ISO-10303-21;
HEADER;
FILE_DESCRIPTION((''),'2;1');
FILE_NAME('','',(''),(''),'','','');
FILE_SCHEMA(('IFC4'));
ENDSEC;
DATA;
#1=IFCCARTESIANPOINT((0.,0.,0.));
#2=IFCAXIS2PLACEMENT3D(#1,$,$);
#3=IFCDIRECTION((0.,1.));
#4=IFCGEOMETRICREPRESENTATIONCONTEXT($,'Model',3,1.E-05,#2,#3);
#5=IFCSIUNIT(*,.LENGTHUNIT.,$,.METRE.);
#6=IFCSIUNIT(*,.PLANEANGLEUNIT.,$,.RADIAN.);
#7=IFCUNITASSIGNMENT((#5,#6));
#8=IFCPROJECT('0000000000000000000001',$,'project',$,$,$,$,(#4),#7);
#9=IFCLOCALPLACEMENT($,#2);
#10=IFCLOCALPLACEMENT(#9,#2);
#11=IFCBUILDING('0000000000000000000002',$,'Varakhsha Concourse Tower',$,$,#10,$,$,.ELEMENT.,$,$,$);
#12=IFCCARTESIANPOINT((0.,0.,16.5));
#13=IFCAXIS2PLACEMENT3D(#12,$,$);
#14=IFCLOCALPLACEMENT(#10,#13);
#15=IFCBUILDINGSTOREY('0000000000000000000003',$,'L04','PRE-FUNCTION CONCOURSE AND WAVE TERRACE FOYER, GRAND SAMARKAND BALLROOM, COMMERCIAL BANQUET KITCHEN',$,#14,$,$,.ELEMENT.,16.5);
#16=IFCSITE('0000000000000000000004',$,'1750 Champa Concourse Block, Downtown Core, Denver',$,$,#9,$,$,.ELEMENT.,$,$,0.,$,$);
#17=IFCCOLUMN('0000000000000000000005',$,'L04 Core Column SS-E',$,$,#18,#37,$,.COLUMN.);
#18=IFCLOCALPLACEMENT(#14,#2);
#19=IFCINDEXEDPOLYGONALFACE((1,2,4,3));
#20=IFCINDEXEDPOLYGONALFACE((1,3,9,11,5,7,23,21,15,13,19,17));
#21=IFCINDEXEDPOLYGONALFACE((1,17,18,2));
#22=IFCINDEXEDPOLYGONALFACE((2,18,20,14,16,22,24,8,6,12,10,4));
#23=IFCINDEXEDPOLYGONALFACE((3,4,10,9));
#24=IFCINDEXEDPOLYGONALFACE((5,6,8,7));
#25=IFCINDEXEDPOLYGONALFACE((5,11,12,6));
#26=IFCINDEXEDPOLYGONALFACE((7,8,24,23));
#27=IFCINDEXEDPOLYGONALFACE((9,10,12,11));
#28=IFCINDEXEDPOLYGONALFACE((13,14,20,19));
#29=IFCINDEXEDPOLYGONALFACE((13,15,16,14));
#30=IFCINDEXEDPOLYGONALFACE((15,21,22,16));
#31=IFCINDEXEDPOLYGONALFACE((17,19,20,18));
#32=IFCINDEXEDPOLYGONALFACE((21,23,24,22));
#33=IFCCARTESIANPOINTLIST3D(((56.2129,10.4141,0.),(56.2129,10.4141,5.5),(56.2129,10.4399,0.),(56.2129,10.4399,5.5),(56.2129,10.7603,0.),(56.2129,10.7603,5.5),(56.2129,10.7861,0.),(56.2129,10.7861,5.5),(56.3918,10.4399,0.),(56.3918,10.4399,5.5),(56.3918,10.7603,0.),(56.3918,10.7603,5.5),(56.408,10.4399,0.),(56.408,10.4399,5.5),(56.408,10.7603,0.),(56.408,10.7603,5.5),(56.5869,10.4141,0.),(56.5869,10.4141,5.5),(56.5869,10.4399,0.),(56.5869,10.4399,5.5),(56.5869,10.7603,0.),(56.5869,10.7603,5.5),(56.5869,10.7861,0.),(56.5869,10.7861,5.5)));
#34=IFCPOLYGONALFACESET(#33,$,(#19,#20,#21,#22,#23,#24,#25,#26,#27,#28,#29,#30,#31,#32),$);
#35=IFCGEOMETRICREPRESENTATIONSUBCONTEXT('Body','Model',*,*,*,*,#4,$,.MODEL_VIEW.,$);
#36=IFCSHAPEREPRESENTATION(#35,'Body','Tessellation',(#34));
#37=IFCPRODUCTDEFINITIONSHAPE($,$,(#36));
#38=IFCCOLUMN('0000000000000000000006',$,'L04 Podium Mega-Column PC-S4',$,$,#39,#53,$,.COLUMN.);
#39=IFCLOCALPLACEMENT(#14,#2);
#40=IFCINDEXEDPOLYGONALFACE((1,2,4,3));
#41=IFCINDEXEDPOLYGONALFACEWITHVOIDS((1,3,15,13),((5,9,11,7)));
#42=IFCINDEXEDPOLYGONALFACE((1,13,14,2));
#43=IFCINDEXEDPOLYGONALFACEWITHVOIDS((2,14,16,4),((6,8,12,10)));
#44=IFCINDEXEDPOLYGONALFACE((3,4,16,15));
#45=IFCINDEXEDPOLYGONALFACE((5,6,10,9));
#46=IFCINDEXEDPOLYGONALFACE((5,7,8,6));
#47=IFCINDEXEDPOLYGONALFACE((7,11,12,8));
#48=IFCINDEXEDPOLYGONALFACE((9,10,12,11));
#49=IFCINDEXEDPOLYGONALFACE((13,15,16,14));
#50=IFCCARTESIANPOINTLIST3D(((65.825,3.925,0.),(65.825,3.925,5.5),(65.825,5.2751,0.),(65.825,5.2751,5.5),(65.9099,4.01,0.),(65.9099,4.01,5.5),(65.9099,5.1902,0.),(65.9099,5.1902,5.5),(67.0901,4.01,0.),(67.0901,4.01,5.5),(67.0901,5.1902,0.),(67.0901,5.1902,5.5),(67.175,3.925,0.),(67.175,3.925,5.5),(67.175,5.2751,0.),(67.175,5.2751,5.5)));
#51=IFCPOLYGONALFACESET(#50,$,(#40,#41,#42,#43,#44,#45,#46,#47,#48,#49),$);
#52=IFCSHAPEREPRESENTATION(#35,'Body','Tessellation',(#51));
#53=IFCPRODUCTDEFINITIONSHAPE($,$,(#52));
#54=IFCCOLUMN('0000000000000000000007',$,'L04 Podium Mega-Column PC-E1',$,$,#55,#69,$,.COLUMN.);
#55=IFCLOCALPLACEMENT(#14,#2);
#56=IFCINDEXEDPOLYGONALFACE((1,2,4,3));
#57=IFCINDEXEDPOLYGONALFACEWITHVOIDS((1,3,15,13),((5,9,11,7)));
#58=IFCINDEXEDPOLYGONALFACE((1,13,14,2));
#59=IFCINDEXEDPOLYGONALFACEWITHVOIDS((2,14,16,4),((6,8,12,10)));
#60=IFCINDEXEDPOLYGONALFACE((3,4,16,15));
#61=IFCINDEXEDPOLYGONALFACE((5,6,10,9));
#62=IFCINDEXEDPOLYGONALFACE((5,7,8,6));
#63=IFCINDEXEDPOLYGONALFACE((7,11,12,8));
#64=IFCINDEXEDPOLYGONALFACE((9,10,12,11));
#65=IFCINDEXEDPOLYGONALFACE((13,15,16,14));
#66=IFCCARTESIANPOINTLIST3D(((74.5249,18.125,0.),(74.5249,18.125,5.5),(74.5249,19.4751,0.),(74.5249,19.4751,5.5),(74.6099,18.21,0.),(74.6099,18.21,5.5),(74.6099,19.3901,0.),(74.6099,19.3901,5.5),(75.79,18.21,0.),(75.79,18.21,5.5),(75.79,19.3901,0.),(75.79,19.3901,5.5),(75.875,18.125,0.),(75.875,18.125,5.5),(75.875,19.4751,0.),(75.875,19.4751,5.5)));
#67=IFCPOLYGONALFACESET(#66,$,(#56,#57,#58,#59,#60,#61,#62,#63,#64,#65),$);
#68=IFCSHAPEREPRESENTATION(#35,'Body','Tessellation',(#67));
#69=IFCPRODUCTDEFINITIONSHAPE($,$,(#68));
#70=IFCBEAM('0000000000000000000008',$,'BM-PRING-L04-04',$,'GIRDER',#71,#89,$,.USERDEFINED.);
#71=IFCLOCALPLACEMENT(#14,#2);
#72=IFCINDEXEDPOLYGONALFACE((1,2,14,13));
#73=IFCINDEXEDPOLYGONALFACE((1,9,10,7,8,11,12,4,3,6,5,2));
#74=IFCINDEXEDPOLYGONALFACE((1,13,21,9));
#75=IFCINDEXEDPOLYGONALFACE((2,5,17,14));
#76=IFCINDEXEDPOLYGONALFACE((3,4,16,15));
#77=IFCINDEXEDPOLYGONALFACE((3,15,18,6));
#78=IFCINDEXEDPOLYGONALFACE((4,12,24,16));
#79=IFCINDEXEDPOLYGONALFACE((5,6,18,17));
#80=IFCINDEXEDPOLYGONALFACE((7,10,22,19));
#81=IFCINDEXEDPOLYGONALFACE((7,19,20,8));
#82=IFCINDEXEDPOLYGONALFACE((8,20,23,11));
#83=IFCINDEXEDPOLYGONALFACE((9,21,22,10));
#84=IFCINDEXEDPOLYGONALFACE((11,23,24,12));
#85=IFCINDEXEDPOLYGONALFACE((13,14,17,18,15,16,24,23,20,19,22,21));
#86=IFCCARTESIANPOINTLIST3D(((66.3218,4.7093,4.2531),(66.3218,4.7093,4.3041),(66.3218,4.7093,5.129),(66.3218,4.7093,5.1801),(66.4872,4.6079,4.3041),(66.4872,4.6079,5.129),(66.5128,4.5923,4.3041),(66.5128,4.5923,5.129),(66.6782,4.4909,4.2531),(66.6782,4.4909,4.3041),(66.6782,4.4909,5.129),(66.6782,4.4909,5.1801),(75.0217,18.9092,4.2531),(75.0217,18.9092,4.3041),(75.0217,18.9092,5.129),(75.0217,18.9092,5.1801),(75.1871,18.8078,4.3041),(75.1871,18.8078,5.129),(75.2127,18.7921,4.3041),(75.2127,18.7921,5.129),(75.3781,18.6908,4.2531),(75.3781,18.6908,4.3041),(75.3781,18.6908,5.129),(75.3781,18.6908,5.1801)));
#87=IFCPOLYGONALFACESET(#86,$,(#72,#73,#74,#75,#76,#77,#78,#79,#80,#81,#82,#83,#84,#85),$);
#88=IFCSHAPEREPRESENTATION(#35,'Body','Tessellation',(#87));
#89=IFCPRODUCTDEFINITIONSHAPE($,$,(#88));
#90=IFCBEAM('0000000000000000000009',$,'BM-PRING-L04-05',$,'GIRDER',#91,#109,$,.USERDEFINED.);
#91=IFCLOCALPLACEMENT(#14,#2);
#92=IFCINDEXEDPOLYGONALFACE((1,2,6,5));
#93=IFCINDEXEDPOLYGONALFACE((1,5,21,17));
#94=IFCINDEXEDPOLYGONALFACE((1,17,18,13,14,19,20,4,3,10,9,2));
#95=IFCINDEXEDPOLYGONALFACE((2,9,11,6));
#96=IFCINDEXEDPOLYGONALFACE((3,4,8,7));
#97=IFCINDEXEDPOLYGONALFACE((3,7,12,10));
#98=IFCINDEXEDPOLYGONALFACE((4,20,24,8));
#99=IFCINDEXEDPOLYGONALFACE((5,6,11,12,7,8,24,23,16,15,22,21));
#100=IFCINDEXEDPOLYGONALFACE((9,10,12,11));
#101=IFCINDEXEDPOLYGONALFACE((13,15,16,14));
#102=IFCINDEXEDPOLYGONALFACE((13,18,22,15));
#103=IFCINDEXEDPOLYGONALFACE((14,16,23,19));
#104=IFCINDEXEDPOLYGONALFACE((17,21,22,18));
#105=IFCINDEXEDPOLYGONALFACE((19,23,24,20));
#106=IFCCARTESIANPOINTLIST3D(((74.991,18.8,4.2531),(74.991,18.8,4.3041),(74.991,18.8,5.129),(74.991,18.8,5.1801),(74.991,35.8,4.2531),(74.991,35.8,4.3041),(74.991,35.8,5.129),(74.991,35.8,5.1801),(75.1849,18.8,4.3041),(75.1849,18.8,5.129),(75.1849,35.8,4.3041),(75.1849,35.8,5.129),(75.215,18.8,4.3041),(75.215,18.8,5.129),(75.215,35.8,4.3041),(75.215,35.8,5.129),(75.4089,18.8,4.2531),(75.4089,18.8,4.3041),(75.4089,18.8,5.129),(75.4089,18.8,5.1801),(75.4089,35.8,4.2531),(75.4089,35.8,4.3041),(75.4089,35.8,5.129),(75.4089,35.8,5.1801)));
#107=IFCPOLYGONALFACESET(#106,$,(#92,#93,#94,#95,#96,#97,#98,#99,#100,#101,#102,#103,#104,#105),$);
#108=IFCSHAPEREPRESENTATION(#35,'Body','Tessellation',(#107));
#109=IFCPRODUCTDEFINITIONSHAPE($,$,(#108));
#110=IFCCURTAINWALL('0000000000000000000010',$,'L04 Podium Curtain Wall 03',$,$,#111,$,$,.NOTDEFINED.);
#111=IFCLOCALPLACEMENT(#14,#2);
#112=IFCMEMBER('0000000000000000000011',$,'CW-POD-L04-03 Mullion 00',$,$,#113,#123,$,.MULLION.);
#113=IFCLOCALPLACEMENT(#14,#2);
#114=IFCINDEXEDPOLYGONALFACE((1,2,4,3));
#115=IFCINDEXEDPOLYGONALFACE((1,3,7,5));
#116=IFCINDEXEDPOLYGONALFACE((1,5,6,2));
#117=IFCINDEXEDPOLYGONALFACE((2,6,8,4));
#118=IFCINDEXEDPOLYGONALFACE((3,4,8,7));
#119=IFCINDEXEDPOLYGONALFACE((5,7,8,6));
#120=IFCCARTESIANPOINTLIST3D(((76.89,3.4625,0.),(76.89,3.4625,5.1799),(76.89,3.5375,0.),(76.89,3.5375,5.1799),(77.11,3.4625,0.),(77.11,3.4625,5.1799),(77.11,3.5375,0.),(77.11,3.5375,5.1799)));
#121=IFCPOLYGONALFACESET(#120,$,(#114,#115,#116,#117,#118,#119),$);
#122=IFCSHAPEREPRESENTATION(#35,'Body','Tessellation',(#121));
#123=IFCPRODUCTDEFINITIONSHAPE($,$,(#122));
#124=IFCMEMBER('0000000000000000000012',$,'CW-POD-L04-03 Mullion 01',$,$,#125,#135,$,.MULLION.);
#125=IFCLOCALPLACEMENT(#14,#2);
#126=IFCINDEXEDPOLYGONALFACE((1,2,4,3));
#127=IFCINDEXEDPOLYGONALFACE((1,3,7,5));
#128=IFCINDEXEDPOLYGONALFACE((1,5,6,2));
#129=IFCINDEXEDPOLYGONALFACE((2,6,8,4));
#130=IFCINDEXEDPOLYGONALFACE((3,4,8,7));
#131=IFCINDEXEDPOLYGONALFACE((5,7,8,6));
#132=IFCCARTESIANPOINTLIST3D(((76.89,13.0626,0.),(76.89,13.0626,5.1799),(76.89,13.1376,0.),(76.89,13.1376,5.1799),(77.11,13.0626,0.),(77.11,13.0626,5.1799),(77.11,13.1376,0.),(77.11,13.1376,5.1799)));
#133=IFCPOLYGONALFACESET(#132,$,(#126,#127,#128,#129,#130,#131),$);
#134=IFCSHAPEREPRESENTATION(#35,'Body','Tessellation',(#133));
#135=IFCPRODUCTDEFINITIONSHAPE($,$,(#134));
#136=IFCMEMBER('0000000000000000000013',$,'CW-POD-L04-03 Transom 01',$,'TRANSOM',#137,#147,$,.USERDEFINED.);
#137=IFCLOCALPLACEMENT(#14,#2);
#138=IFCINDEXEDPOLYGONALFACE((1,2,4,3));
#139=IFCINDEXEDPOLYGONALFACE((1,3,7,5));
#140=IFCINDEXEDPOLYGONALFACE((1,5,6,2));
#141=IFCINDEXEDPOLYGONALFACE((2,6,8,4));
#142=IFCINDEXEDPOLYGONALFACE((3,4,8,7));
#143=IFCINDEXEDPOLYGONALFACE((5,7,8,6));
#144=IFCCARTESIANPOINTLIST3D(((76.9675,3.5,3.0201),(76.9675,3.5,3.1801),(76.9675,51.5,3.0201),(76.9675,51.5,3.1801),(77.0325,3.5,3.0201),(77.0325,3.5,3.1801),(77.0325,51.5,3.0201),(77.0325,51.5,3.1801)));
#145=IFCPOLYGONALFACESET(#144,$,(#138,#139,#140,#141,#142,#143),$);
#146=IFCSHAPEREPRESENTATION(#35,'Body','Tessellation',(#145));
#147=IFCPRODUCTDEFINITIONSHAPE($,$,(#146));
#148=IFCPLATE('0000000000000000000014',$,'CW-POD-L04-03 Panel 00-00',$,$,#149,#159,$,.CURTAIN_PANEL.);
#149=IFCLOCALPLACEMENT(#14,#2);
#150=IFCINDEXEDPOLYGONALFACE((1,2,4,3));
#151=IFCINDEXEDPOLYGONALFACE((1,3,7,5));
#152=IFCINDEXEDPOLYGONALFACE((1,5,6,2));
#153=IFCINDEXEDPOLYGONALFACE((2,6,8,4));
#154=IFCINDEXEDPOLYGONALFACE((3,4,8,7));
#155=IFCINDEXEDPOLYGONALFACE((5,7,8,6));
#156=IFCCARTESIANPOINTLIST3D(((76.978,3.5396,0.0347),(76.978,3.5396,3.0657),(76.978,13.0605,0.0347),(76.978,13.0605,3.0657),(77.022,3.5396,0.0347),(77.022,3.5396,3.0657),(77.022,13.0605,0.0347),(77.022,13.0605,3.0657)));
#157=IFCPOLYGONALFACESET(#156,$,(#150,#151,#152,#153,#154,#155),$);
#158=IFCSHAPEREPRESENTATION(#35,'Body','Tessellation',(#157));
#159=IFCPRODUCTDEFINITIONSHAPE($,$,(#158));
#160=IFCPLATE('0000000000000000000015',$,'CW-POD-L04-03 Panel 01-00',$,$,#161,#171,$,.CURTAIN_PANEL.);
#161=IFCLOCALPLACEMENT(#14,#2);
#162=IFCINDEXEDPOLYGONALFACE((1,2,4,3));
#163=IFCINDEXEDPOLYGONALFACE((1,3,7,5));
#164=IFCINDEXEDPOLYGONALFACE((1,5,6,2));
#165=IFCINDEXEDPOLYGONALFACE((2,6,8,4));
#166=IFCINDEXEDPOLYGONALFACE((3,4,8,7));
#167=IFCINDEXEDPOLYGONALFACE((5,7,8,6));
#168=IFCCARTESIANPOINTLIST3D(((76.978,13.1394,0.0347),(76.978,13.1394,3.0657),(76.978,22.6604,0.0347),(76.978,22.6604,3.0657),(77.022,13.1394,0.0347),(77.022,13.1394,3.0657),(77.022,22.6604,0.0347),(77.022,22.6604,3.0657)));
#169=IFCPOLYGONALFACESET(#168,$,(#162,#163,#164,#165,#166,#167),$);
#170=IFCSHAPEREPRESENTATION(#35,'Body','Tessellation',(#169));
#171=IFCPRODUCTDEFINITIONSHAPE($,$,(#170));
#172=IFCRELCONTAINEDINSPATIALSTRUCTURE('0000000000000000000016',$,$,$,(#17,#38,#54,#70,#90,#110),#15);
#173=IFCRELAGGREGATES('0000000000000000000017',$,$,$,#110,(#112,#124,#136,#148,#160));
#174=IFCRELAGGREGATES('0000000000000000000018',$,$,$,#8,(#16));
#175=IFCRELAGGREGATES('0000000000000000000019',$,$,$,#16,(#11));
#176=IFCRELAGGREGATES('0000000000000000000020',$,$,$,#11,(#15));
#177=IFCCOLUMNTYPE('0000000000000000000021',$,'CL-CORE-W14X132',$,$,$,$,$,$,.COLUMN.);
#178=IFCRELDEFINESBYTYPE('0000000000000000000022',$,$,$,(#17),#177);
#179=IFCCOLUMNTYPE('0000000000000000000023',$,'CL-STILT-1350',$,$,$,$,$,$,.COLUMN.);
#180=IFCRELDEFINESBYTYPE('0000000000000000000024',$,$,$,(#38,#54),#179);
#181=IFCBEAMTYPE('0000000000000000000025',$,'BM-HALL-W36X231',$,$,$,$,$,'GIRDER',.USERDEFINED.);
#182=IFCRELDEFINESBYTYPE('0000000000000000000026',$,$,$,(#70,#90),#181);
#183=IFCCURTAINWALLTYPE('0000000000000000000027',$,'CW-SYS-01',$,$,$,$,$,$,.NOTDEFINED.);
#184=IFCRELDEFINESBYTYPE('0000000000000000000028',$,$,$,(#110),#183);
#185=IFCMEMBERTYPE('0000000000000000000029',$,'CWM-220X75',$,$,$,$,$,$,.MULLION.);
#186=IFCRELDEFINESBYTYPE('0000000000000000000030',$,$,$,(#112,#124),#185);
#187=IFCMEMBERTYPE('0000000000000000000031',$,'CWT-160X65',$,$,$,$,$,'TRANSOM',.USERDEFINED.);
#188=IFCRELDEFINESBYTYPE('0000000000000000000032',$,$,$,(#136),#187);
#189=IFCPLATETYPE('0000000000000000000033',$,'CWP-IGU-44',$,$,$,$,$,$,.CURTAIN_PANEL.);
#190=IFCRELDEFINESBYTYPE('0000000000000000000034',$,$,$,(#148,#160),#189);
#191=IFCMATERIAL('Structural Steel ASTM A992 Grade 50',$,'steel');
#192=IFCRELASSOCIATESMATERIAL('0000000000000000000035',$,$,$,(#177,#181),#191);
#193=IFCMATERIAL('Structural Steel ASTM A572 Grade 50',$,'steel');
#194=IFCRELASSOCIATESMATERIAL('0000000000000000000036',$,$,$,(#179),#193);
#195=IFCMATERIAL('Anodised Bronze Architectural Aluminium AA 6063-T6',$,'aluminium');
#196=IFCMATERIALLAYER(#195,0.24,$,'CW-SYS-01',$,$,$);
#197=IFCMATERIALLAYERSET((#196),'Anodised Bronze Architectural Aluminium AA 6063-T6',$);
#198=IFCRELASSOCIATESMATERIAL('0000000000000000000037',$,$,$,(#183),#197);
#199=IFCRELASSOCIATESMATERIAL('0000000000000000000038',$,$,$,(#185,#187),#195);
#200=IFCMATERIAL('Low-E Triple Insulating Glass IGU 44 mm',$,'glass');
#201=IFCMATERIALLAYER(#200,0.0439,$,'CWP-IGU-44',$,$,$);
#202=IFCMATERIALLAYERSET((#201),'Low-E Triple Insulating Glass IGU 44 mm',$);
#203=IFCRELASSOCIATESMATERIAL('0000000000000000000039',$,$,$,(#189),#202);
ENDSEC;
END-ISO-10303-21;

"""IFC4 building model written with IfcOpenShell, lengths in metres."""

from ifc_helpers import new_model, si_unit, direction, frame, origin, origin_2d, place, context, subcontext, project, spatial, rectangle, hollow_rectangle, i_section, extrude, source, transform, mapped, material, layer, layer_set, material_profile, profile_set, type_object, type_shapes, element, aggregate, save


model = new_model("IFC4")

# Units and contexts
model_context = context("Model", 3, precision=1e-05, world=origin(), true_north=direction((0.0, 1.0)))
body_context = subcontext(model_context, "Body", "Model", "MODEL_VIEW")
ifc_project = project(units=[si_unit("LENGTHUNIT", "METRE"), si_unit("PLANEANGLEUNIT", "RADIAN")], contexts=[model_context])

# Site, building, storey
site_placement = place(None, origin())
site = spatial("IfcSite", under=ifc_project, at=site_placement, Name="1750 Champa Concourse Block, Downtown Core, Denver", CompositionType="ELEMENT", RefElevation=0.0)
building_placement = place(site_placement, origin())
building = spatial("IfcBuilding", under=site, at=building_placement, Name="Varakhsha Concourse Tower", CompositionType="ELEMENT")
storey_placement = place(building_placement, frame((0.0, 0.0, 16.5)))
storey = spatial("IfcBuildingStorey", under=building, at=storey_placement, Name="L04", Description="PRE-FUNCTION CONCOURSE AND WAVE TERRACE FOYER, GRAND SAMARKAND BALLROOM, COMMERCIAL BANQUET KITCHEN", CompositionType="ELEMENT", Elevation=16.5)

# Columns
ifc_material_1 = material(Name="Structural Steel ASTM A992 Grade 50", Category="steel")
ifc_material_profile_1 = material_profile(ifc_material_1, i_section(OverallWidth=0.374, OverallDepth=0.3721, WebThickness=0.0161, FlangeThickness=0.0259, at=origin_2d()), Name="W14X132")
ifc_profile_set_1 = profile_set([ifc_material_profile_1], Name="Structural Steel ASTM A992 Grade 50")
column_type_1 = type_object("IfcColumnType", Name="CL-CORE-W14X132", PredefinedType="COLUMN", material=ifc_profile_set_1)
column_placement = place(storey_placement, frame((56.3999, 10.6001, 0.0), z_axis=(0.0, 0.0, 1.0), x_axis=(1.0, 0.0, 0.0)))
element("IfcColumn", 1, at=column_placement, inside=storey, type_object=column_type_1, Name="L04 Core Column SS-E", PredefinedType="COLUMN", context=body_context, shape_type="SweptSolid", body=[
    extrude(i_section(OverallWidth=0.374, OverallDepth=0.3721, WebThickness=0.0161, FlangeThickness=0.0259, at=origin_2d()), origin(), (0.0, 0.0, 1.0), 5.5),
])
ifc_material_2 = material(Name="Structural Steel ASTM A572 Grade 50", Category="steel")
ifc_material_profile_2 = material_profile(ifc_material_2, hollow_rectangle(XDim=1.3501, YDim=1.3501, WallThickness=0.085, at=origin_2d()), Name="BOX 1350x1350x85")
ifc_profile_set_2 = profile_set([ifc_material_profile_2], Name="Structural Steel ASTM A572 Grade 50")
column_type_2 = type_object("IfcColumnType", Name="CL-STILT-1350", PredefinedType="COLUMN", material=ifc_profile_set_2)
for number, where, z_axis, x_axis, name in (
    (2, (66.5, 4.6001, 0.0), (0.0, 0.0, 1.0), (1.0, 0.0, 0.0), "L04 Podium Mega-Column PC-S4"),
    (3, (75.2, 18.8, 0.0), (0.0, 0.0, 1.0), (1.0, 0.0, 0.0), "L04 Podium Mega-Column PC-E1"),
):
    element("IfcColumn", number, at=place(storey_placement, frame(where, z_axis=z_axis, x_axis=x_axis)), inside=storey, type_object=column_type_2, Name=name, PredefinedType="COLUMN", context=body_context, shape_type="SweptSolid", body=[
        extrude(hollow_rectangle(XDim=1.3501, YDim=1.3501, WallThickness=0.085, at=origin_2d()), origin(), (0.0, 0.0, 1.0), 5.5),
    ])

# Beams
ifc_material_profile_3 = material_profile(ifc_material_1, i_section(OverallWidth=0.418, OverallDepth=0.927, WebThickness=0.03, FlangeThickness=0.051, at=origin_2d()), Name="W36X231")
ifc_profile_set_3 = profile_set([ifc_material_profile_3], Name="Structural Steel ASTM A992 Grade 50")
beam_type = type_object("IfcBeamType", Name="BM-HALL-W36X231", ElementType="GIRDER", PredefinedType="USERDEFINED", material=ifc_profile_set_3)
beam_1_placement = place(storey_placement, frame((66.5, 4.6001, 4.7166), z_axis=(0.52242, 0.852688, 0.0), x_axis=(-0.852688, 0.52242, 0.0)))
element("IfcBeam", 4, at=beam_1_placement, inside=storey, type_object=beam_type, Name="BM-PRING-L04-04", ObjectType="GIRDER", PredefinedType="USERDEFINED", context=body_context, shape_type="SweptSolid", body=[
    extrude(i_section(OverallWidth=0.418, OverallDepth=0.927, WebThickness=0.03, FlangeThickness=0.051, at=origin_2d()), origin(), (0.0, 0.0, 1.0), 16.6531),
])
beam_2_placement = place(storey_placement, frame((75.2, 18.8, 4.7166), z_axis=(0.0, 1.0, 0.0), x_axis=(-1.0, 0.0, 0.0)))
element("IfcBeam", 5, at=beam_2_placement, inside=storey, type_object=beam_type, Name="BM-PRING-L04-05", ObjectType="GIRDER", PredefinedType="USERDEFINED", context=body_context, shape_type="SweptSolid", body=[
    extrude(i_section(OverallWidth=0.418, OverallDepth=0.927, WebThickness=0.03, FlangeThickness=0.051, at=origin_2d()), origin(), (0.0, 0.0, 1.0), 17.0),
])

# Curtain wall, members, plates
ifc_material_3 = material(Name="Anodised Bronze Architectural Aluminium AA 6063-T6", Category="aluminium")
ifc_layer_1 = layer(ifc_material_3, 0.24, Name="CW-SYS-01")
ifc_layer_set_1 = layer_set([ifc_layer_1], Name="Anodised Bronze Architectural Aluminium AA 6063-T6")
curtain_wall_type = type_object("IfcCurtainWallType", Name="CW-SYS-01", PredefinedType="NOTDEFINED", material=ifc_layer_set_1)
curtain_wall_placement = place(storey_placement, origin())
curtain_wall = element("IfcCurtainWall", 6, at=curtain_wall_placement, inside=storey, type_object=curtain_wall_type, Name="L04 Podium Curtain Wall 03", PredefinedType="NOTDEFINED")
ifc_material_profile_4 = material_profile(ifc_material_3, rectangle(XDim=0.075, YDim=0.22, at=origin_2d()), Name="CWM-220X75")
ifc_profile_set_4 = profile_set([ifc_material_profile_4], Name="Anodised Bronze Architectural Aluminium AA 6063-T6")
member_type_1 = type_object("IfcMemberType", Name="CWM-220X75", PredefinedType="MULLION", material=ifc_profile_set_4)
shared_shape_1 = source(origin(), body_context, "Body", "SweptSolid", [
    extrude(rectangle(XDim=0.075, YDim=0.22, at=origin_2d()), origin(), (0.0, 0.0, 1.0), 5.1799),
])
type_shapes(member_type_1, [shared_shape_1])
member_1_placement = place(storey_placement, frame((77.0, 3.5, 0.0), z_axis=(0.0, 0.0, 1.0), x_axis=(0.0, 1.0, 0.0)))
member_1 = element("IfcMember", 7, at=member_1_placement, type_object=member_type_1, Name="CW-POD-L04-03 Mullion 00", PredefinedType="MULLION", context=body_context, shape_type="MappedRepresentation", body=[
    mapped(shared_shape_1, transform((0.0, 0.0, 0.0), scale=1.0)),
])
member_2_placement = place(storey_placement, frame((77.0, 13.1001, 0.0), z_axis=(0.0, 0.0, 1.0), x_axis=(0.0, 1.0, 0.0)))
member_2 = element("IfcMember", 8, at=member_2_placement, type_object=member_type_1, Name="CW-POD-L04-03 Mullion 01", PredefinedType="MULLION", context=body_context, shape_type="MappedRepresentation", body=[
    mapped(shared_shape_1, transform((0.0, 0.0, 0.0), scale=1.0)),
])
ifc_material_profile_5 = material_profile(ifc_material_3, rectangle(XDim=0.0649, YDim=0.1599, at=origin_2d()), Name="CWT-160X65")
ifc_profile_set_5 = profile_set([ifc_material_profile_5], Name="Anodised Bronze Architectural Aluminium AA 6063-T6")
member_type_2 = type_object("IfcMemberType", Name="CWT-160X65", ElementType="TRANSOM", PredefinedType="USERDEFINED", material=ifc_profile_set_5)
shared_shape_2 = source(origin(), body_context, "Body", "SweptSolid", [
    extrude(rectangle(XDim=0.0649, YDim=0.1599, at=origin_2d()), origin(), (0.0, 0.0, 1.0), 48.0),
])
type_shapes(member_type_2, [shared_shape_2])
member_3_placement = place(storey_placement, frame((77.0, 3.5, 3.1001), z_axis=(0.0, 1.0, 0.0), x_axis=(-1.0, 0.0, 0.0)))
member_3 = element("IfcMember", 9, at=member_3_placement, type_object=member_type_2, Name="CW-POD-L04-03 Transom 01", ObjectType="TRANSOM", PredefinedType="USERDEFINED", context=body_context, shape_type="MappedRepresentation", body=[
    mapped(shared_shape_2, transform((0.0, 0.0, 0.0), scale=1.0)),
])
ifc_material_4 = material(Name="Low-E Triple Insulating Glass IGU 44 mm", Category="glass")
ifc_layer_2 = layer(ifc_material_4, 0.0439, Name="CWP-IGU-44")
ifc_layer_set_2 = layer_set([ifc_layer_2], Name="Low-E Triple Insulating Glass IGU 44 mm")
plate_type_1 = type_object("IfcPlateType", Name="CWP-IGU-44", PredefinedType="CURTAIN_PANEL", material=ifc_layer_set_2)
shared_shape_3 = source(origin(), body_context, "Body", "SweptSolid", [
    extrude(rectangle(XDim=9.521, YDim=0.0439, at=origin_2d()), origin(), (0.0, 0.0, 1.0), 3.031),
])
type_shapes(plate_type_1, [shared_shape_3])
plate_1_placement = place(storey_placement, frame((77.0, 8.3, 0.0347), z_axis=(0.0, 0.0, 1.0), x_axis=(0.0, 1.0, 0.0)))
plate_1 = element("IfcPlate", 10, at=plate_1_placement, type_object=plate_type_1, Name="CW-POD-L04-03 Panel 00-00", PredefinedType="CURTAIN_PANEL", context=body_context, shape_type="MappedRepresentation", body=[
    mapped(shared_shape_3, transform((0.0, 0.0, 0.0), scale=1.0)),
])
plate_2_placement = place(storey_placement, frame((77.0, 17.8999, 0.0347), z_axis=(0.0, 0.0, 1.0), x_axis=(0.0, 1.0, 0.0)))
plate_2 = element("IfcPlate", 11, at=plate_2_placement, type_object=plate_type_1, Name="CW-POD-L04-03 Panel 01-00", PredefinedType="CURTAIN_PANEL", context=body_context, shape_type="MappedRepresentation", body=[
    mapped(shared_shape_3, transform((0.0, 0.0, 0.0), scale=1.0)),
])
aggregate(curtain_wall, [member_1, member_2, member_3, plate_1, plate_2])

save(model, "model.ifc")
